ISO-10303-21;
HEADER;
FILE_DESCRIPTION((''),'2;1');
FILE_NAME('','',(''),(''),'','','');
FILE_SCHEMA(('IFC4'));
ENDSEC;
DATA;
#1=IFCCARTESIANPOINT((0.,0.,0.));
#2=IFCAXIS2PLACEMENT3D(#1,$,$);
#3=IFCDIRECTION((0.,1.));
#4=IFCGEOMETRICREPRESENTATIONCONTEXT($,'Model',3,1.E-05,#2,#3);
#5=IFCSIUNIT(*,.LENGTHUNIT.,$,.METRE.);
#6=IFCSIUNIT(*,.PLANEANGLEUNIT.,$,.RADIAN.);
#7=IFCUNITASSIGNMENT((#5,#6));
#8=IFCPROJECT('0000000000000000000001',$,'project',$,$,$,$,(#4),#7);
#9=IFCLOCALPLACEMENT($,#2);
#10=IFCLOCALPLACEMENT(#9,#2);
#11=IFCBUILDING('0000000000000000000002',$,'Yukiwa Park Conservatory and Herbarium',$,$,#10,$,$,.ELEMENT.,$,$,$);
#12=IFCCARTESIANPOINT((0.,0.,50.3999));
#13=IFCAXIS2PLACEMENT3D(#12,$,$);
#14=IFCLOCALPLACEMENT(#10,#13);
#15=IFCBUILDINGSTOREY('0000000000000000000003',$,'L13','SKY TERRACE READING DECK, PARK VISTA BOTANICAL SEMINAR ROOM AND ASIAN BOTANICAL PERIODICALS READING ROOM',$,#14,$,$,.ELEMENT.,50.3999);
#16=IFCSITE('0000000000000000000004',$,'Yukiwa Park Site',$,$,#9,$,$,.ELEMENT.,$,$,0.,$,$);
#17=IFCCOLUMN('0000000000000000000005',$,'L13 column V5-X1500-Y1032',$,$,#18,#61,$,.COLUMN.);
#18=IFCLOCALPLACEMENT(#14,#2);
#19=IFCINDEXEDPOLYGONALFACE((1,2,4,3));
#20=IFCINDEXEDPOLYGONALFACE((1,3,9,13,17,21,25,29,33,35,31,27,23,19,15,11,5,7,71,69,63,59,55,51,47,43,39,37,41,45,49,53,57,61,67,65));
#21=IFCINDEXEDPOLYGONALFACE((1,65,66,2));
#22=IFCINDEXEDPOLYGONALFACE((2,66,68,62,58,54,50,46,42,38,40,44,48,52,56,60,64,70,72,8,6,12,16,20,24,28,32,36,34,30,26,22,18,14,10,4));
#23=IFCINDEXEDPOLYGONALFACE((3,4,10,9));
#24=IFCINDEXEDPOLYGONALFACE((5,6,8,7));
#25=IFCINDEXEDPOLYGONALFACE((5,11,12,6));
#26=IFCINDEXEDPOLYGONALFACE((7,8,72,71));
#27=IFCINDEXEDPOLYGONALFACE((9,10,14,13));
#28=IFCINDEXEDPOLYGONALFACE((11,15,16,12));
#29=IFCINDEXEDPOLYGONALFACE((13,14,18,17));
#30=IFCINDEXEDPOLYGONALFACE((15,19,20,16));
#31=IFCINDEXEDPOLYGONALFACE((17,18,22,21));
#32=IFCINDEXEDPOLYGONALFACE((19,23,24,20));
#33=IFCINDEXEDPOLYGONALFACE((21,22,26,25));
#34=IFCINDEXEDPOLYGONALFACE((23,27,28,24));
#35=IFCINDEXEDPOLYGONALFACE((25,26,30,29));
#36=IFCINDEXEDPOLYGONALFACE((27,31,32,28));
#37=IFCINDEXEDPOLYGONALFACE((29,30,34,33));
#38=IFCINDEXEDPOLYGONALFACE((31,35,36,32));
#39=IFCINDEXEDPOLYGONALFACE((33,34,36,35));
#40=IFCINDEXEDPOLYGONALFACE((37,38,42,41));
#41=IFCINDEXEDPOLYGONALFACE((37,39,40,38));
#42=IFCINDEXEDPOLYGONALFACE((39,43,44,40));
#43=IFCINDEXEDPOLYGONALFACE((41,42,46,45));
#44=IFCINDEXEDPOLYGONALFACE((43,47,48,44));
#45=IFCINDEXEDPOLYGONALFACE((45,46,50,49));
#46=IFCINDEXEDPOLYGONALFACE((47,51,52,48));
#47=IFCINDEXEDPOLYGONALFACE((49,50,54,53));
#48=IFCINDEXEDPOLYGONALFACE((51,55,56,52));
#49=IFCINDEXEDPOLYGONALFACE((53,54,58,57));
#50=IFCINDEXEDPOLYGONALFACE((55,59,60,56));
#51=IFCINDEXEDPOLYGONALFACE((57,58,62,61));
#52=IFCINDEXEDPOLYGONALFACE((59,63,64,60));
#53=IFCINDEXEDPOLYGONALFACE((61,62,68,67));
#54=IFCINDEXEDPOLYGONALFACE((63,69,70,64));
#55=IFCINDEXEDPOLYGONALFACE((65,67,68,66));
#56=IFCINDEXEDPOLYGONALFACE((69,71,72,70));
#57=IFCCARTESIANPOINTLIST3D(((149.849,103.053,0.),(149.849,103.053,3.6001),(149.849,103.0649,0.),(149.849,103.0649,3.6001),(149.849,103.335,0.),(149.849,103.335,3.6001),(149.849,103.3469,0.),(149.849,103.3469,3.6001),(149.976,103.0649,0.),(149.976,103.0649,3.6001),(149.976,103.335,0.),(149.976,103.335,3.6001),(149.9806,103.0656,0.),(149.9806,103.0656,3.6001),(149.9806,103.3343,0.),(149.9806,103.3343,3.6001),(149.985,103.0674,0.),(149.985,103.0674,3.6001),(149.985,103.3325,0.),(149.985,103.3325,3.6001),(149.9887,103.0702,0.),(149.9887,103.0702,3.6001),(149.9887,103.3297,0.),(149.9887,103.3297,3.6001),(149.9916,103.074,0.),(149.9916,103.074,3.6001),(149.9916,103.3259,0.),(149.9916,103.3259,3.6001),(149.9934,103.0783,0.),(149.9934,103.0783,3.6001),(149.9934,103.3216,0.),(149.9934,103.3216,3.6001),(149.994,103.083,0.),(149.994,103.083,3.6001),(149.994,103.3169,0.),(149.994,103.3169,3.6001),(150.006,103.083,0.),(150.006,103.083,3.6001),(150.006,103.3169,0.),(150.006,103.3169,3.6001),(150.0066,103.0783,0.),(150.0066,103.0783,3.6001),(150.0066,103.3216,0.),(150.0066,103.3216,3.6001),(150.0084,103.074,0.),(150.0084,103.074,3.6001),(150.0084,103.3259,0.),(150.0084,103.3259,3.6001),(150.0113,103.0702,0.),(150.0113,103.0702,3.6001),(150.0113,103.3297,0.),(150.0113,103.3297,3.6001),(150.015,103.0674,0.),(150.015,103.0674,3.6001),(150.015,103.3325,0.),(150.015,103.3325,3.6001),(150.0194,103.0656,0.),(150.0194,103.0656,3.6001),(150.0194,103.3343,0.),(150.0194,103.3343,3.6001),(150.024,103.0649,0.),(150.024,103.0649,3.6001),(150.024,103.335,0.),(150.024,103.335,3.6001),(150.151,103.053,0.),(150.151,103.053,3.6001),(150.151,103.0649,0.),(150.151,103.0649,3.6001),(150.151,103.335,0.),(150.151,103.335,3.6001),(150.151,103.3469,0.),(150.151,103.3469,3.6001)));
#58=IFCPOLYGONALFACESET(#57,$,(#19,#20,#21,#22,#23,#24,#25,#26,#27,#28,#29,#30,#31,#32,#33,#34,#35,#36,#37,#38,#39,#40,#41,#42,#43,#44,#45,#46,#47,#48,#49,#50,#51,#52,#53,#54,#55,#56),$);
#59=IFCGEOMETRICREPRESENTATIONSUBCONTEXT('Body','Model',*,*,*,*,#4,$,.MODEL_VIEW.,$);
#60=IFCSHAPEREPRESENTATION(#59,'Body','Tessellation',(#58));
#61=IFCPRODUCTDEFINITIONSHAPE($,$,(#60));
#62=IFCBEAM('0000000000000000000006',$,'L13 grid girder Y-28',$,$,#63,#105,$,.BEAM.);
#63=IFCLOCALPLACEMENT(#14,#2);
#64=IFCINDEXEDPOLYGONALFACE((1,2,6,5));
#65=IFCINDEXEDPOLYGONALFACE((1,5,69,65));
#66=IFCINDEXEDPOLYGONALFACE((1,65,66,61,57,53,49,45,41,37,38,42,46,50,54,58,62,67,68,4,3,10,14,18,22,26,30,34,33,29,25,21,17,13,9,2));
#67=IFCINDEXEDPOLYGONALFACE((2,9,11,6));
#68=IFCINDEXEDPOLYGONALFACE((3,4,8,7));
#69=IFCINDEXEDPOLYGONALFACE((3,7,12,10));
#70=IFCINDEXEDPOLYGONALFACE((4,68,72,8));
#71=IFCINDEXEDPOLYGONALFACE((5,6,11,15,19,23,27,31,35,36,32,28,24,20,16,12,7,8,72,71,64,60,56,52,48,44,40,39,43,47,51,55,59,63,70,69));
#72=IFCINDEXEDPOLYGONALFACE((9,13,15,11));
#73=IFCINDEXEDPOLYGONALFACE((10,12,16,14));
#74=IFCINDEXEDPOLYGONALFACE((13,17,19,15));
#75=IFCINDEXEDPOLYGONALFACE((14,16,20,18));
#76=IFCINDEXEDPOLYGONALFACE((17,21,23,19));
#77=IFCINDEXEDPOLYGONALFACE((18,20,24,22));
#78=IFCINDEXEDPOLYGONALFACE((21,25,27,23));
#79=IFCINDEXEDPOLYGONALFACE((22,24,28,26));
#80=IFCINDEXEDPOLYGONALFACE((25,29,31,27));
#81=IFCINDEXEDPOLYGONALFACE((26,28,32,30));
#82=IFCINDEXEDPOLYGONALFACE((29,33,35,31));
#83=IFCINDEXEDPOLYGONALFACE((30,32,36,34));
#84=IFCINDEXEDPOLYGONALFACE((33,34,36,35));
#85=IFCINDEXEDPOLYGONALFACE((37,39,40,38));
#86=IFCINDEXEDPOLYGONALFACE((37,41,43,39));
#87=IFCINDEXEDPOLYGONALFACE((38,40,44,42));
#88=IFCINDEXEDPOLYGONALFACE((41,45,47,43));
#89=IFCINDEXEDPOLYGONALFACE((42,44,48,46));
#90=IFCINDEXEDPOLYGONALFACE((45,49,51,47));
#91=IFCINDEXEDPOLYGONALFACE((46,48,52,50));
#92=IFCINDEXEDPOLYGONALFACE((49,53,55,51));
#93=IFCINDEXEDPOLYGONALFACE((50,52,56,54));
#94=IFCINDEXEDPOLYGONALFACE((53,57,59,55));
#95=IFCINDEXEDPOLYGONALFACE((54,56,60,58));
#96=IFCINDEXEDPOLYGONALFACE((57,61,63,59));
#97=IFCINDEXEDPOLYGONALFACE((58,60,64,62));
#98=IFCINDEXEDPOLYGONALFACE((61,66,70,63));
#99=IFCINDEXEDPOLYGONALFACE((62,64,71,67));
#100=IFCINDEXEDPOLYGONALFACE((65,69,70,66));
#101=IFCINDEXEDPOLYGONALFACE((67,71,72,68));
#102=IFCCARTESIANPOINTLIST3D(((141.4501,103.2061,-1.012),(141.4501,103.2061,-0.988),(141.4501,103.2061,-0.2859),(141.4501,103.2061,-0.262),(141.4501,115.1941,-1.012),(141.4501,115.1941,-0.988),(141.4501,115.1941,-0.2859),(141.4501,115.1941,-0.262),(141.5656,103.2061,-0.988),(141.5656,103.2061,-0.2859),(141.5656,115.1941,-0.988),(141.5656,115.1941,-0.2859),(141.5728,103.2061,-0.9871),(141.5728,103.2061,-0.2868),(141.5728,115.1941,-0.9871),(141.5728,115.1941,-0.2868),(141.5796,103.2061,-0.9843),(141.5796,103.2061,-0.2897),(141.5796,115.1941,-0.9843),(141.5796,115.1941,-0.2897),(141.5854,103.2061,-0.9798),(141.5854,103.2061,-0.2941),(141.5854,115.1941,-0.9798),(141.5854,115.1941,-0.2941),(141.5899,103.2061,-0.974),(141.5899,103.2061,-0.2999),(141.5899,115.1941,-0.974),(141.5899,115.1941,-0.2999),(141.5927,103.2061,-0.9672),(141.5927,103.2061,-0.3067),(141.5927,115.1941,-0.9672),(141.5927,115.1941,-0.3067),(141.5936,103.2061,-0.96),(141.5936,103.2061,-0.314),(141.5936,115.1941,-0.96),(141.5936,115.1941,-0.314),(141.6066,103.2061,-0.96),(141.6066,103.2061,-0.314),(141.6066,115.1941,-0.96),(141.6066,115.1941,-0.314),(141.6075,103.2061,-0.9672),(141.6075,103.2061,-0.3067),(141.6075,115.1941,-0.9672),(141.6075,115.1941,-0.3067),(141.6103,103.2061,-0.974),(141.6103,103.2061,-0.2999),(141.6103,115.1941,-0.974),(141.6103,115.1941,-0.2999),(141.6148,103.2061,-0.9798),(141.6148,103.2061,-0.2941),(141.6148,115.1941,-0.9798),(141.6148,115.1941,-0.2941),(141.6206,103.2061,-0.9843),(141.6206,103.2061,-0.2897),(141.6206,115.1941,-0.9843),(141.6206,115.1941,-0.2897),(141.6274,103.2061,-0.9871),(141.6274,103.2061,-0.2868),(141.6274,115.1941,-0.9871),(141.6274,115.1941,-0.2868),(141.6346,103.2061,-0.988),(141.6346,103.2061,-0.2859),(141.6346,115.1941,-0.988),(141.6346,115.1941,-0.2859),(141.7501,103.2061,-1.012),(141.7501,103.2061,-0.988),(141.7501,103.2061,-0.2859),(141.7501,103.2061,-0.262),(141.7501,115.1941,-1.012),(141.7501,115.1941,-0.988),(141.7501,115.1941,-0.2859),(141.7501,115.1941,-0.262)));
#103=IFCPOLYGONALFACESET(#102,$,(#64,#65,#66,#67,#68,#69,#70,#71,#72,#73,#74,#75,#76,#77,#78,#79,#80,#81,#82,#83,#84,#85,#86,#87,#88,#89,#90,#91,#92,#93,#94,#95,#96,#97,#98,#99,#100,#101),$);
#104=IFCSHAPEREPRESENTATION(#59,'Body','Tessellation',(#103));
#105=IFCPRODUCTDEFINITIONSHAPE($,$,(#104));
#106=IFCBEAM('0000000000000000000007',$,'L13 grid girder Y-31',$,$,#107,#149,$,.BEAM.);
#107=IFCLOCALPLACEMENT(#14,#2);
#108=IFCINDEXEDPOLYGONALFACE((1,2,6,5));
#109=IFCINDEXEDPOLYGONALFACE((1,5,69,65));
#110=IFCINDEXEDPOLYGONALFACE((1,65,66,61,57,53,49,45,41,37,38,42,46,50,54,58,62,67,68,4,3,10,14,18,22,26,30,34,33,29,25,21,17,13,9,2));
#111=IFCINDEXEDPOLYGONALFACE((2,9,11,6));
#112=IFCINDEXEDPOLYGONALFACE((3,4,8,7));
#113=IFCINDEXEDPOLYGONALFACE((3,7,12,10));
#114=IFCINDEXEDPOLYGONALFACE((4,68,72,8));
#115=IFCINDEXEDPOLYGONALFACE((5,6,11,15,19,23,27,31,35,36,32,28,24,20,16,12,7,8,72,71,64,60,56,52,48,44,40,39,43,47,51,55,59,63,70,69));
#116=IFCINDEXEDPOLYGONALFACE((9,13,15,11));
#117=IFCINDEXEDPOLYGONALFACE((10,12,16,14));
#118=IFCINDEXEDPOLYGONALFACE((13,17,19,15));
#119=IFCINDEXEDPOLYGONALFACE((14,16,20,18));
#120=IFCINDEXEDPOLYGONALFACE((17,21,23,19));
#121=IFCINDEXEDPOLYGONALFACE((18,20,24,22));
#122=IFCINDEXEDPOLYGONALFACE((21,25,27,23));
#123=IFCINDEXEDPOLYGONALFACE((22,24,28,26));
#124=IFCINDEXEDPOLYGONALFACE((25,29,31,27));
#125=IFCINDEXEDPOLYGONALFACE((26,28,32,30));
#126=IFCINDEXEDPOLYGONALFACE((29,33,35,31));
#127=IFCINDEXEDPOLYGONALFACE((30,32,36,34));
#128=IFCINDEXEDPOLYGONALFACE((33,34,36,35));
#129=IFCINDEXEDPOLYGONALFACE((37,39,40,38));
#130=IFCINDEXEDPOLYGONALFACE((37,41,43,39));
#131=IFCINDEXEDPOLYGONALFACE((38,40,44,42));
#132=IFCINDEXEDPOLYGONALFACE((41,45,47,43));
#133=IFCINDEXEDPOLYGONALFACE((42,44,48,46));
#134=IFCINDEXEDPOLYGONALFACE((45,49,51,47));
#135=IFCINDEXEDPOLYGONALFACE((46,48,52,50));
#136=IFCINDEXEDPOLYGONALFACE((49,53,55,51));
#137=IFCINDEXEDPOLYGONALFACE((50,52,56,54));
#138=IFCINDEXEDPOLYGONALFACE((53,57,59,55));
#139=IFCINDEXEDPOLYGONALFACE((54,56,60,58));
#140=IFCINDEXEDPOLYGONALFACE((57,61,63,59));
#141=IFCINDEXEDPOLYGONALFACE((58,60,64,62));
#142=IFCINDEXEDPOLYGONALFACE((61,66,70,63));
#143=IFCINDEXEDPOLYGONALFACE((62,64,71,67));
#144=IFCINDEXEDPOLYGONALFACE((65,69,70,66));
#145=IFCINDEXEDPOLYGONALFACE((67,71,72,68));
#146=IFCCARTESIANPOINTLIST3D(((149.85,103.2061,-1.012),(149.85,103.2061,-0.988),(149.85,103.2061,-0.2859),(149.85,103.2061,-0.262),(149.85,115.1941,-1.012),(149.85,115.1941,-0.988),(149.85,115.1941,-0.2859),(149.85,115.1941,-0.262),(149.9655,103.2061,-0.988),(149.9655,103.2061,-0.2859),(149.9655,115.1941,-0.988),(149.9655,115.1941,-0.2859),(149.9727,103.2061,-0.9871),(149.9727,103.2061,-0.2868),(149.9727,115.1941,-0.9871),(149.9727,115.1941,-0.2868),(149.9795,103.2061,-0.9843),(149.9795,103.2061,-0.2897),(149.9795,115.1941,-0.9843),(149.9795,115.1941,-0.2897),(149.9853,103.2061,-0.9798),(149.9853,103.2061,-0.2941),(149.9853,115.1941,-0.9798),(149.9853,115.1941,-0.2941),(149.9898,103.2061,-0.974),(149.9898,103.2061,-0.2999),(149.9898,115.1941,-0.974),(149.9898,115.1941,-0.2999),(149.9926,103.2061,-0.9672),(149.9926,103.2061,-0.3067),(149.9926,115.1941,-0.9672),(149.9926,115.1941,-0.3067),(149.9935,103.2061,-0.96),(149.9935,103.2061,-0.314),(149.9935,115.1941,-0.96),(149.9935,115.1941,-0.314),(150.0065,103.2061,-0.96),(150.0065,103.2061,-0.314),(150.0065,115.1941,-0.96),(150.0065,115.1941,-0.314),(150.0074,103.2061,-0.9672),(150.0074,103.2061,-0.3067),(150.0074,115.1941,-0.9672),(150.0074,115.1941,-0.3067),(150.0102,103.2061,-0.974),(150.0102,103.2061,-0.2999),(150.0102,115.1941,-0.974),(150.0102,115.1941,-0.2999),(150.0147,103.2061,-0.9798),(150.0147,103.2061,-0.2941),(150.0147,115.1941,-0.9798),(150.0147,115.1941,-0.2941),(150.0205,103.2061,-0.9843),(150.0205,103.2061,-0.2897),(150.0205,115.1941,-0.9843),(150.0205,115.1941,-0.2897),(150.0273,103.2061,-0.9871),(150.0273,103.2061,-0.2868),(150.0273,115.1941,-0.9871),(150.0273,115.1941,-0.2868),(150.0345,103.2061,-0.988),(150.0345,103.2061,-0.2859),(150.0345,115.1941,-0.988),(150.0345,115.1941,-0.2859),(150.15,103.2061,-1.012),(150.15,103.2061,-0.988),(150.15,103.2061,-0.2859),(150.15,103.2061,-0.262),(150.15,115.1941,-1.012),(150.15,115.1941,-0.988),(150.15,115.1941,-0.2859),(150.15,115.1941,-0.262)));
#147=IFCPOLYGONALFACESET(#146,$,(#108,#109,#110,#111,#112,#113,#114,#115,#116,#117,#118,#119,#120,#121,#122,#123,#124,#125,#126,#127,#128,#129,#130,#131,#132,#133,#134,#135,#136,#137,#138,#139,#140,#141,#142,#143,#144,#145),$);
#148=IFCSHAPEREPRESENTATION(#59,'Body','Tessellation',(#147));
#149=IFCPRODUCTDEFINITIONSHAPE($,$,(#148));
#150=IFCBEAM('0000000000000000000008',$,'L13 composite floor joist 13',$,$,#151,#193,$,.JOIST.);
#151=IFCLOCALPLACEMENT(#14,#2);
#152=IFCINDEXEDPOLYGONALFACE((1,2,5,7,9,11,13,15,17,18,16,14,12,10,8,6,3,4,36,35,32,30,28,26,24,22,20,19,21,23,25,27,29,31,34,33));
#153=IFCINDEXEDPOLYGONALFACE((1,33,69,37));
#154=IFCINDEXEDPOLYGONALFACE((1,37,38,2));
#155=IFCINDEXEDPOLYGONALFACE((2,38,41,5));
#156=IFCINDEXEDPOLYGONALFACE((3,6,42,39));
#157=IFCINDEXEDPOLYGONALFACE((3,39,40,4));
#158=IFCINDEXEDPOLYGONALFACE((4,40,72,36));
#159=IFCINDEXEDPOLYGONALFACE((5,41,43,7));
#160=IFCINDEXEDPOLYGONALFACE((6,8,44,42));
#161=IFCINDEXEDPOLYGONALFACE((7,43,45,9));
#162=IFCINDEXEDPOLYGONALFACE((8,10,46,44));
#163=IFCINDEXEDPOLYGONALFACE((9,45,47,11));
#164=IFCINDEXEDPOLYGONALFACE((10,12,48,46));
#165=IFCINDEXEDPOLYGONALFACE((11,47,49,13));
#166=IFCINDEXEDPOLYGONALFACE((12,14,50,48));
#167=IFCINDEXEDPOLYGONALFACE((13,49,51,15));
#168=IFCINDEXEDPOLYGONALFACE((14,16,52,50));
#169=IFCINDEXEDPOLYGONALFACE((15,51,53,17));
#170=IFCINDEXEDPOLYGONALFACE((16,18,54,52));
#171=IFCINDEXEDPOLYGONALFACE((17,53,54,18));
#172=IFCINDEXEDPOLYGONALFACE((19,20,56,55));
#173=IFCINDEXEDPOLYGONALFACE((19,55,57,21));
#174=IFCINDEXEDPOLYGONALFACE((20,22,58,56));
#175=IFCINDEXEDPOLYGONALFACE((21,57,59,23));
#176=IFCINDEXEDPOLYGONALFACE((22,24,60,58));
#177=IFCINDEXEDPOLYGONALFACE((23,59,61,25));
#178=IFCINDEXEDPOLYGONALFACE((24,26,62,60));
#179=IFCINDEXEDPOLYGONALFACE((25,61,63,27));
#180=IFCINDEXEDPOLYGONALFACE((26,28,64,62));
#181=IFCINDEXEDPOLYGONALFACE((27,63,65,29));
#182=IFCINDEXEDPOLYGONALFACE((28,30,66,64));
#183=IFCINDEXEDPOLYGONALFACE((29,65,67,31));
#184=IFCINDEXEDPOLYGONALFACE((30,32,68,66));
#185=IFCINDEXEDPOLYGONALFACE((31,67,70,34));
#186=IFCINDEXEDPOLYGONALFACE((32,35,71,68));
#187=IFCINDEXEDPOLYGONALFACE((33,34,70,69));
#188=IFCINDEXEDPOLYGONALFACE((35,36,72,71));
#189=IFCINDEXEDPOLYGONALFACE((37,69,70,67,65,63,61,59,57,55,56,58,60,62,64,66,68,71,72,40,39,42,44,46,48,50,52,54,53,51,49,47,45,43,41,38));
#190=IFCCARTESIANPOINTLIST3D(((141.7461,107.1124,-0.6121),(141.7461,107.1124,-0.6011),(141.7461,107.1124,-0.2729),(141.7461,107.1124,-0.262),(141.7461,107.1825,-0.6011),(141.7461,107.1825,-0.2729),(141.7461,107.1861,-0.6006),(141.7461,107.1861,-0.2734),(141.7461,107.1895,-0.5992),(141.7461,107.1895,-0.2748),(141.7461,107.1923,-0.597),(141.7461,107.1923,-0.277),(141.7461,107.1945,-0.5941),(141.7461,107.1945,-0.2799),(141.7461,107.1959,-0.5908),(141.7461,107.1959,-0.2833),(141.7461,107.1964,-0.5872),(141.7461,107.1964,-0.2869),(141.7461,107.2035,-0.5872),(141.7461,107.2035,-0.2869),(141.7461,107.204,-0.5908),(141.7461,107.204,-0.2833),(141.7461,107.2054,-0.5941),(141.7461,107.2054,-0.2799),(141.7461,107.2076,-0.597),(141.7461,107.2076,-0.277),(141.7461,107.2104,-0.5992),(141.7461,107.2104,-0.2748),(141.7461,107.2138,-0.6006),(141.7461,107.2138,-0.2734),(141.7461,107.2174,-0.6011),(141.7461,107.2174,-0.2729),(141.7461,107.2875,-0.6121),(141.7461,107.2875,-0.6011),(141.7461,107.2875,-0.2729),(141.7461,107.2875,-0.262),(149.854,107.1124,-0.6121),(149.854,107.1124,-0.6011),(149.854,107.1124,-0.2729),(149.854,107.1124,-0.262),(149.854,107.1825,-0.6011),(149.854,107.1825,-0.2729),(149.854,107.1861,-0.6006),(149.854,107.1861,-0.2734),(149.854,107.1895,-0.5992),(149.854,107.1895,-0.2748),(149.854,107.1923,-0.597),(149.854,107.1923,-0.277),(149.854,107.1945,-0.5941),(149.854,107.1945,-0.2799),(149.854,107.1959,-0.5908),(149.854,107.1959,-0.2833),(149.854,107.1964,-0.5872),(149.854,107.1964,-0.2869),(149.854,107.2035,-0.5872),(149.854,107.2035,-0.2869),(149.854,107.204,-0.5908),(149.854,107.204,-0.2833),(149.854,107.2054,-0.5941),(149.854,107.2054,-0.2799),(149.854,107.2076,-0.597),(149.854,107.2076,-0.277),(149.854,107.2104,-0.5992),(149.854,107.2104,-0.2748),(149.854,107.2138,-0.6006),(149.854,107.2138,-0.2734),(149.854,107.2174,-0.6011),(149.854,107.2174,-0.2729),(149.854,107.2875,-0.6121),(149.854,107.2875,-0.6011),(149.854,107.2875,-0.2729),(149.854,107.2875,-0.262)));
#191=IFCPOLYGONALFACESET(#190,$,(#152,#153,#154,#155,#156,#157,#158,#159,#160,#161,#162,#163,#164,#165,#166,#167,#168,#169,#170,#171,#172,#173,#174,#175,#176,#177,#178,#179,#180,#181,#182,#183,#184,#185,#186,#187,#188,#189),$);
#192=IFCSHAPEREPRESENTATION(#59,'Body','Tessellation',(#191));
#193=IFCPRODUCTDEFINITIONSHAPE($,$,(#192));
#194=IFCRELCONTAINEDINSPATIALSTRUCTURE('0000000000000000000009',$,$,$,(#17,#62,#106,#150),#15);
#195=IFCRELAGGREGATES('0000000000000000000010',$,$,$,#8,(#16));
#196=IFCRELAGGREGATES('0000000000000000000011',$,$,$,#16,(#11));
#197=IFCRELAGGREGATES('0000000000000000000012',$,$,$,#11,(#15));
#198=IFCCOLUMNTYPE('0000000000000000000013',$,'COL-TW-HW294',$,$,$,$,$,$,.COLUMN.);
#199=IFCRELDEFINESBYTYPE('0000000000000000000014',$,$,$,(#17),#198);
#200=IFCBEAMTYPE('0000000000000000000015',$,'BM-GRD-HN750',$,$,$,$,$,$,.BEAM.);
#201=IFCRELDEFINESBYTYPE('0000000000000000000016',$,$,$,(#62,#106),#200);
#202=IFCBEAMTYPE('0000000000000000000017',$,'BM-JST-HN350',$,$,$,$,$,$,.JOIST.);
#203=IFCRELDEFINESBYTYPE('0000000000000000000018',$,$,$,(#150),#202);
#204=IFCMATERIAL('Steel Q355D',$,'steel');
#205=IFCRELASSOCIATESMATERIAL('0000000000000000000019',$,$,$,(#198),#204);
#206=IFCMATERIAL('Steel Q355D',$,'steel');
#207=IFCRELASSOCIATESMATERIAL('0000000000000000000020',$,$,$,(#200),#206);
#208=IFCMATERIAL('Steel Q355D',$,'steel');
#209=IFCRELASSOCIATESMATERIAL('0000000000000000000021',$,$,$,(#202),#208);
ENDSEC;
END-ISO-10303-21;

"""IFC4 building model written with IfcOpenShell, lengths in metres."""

from ifc_helpers import new_model, si_unit, direction, frame, origin, origin_2d, place, context, subcontext, project, spatial, i_section, extrude, material, material_profile, profile_set, type_object, element, save


model = new_model("IFC4")

# Units and contexts
model_context = context("Model", 3, precision=1e-05, world=origin(), true_north=direction((0.0, 1.0)))
body_context = subcontext(model_context, "Body", "Model", "MODEL_VIEW")
ifc_project = project(units=[si_unit("LENGTHUNIT", "METRE"), si_unit("PLANEANGLEUNIT", "RADIAN")], contexts=[model_context])

# Site, building, storey
site_placement = place(None, origin())
site = spatial("IfcSite", under=ifc_project, at=site_placement, Name="Yukiwa Park Site", CompositionType="ELEMENT", RefElevation=0.0)
building_placement = place(site_placement, origin())
building = spatial("IfcBuilding", under=site, at=building_placement, Name="Yukiwa Park Conservatory and Herbarium", CompositionType="ELEMENT")
storey_placement = place(building_placement, frame((0.0, 0.0, 50.3999)))
storey = spatial("IfcBuildingStorey", under=building, at=storey_placement, Name="L13", Description="SKY TERRACE READING DECK, PARK VISTA BOTANICAL SEMINAR ROOM AND ASIAN BOTANICAL PERIODICALS READING ROOM", CompositionType="ELEMENT", Elevation=50.3999)

# Column
ifc_material_1 = material(Name="Steel Q355D", Category="steel")
ifc_material_profile_1 = material_profile(ifc_material_1, i_section(OverallWidth=0.302, OverallDepth=0.2939, WebThickness=0.012, FlangeThickness=0.012, FilletRadius=0.0181, at=origin_2d()), Name="HW 294x302x12x12")
ifc_profile_set_1 = profile_set([ifc_material_profile_1], Name="Steel Q355D")
column_type_1 = type_object("IfcColumnType", Name="COL-TW-HW294", PredefinedType="COLUMN", material=ifc_profile_set_1)
for number, where, z_axis, x_axis, name in (
    (1, (150.0, 103.2, 0.0), (0.0, 0.0, 1.0), (1.0, 0.0, 0.0), "L13 column V5-X1500-Y1032"),
):
    element("IfcColumn", number, at=place(storey_placement, frame(where, z_axis=z_axis, x_axis=x_axis)), inside=storey, type_object=column_type_1, Name=name, PredefinedType="COLUMN", context=body_context, shape_type="SweptSolid", body=[
        extrude(i_section(OverallWidth=0.302, OverallDepth=0.2939, WebThickness=0.012, FlangeThickness=0.012, FilletRadius=0.0181, at=origin_2d()), origin(), (0.0, 0.0, 1.0), 3.6001),
    ])

# Beams
ifc_material_2 = material(Name="Steel Q355D", Category="steel")
ifc_material_profile_2 = material_profile(ifc_material_2, i_section(OverallWidth=0.3, OverallDepth=0.75, WebThickness=0.0129, FlangeThickness=0.0239, FilletRadius=0.0281, at=origin_2d()), Name="HN 750x300x13x24")
ifc_profile_set_2 = profile_set([ifc_material_profile_2], Name="Steel Q355D")
beam_type_1 = type_object("IfcBeamType", Name="BM-GRD-HN750", PredefinedType="BEAM", material=ifc_profile_set_2)
for number, where, z_axis, x_axis, name in (
    (2, (141.6001, 103.2061, -0.637), (0.0, 1.0, 0.0), (-1.0, 0.0, 0.0), "L13 grid girder Y-28"),
    (3, (150.0, 103.2061, -0.637), (0.0, 1.0, 0.0), (-1.0, 0.0, 0.0), "L13 grid girder Y-31"),
):
    element("IfcBeam", number, at=place(storey_placement, frame(where, z_axis=z_axis, x_axis=x_axis)), inside=storey, type_object=beam_type_1, Name=name, PredefinedType="BEAM", context=body_context, shape_type="SweptSolid", body=[
        extrude(i_section(OverallWidth=0.3, OverallDepth=0.75, WebThickness=0.0129, FlangeThickness=0.0239, FilletRadius=0.0281, at=origin_2d()), origin(), (0.0, 0.0, 1.0), 11.988),
    ])
ifc_material_3 = material(Name="Steel Q355D", Category="steel")
ifc_material_profile_3 = material_profile(ifc_material_3, i_section(OverallWidth=0.175, OverallDepth=0.3501, WebThickness=0.0071, FlangeThickness=0.011, FilletRadius=0.0139, at=origin_2d()), Name="HN 350x175x7x11")
ifc_profile_set_3 = profile_set([ifc_material_profile_3], Name="Steel Q355D")
beam_type_2 = type_object("IfcBeamType", Name="BM-JST-HN350", PredefinedType="JOIST", material=ifc_profile_set_3)
for number, where, z_axis, x_axis, name in (
    (4, (141.7461, 107.2, -0.437), (1.0, 0.0, 0.0), (0.0, 1.0, 0.0), "L13 composite floor joist 13"),
):
    element("IfcBeam", number, at=place(storey_placement, frame(where, z_axis=z_axis, x_axis=x_axis)), inside=storey, type_object=beam_type_2, Name=name, PredefinedType="JOIST", context=body_context, shape_type="SweptSolid", body=[
        extrude(i_section(OverallWidth=0.175, OverallDepth=0.3501, WebThickness=0.0071, FlangeThickness=0.011, FilletRadius=0.0139, at=origin_2d()), origin(), (0.0, 0.0, 1.0), 8.1079),
    ])

save(model, "model.ifc")
